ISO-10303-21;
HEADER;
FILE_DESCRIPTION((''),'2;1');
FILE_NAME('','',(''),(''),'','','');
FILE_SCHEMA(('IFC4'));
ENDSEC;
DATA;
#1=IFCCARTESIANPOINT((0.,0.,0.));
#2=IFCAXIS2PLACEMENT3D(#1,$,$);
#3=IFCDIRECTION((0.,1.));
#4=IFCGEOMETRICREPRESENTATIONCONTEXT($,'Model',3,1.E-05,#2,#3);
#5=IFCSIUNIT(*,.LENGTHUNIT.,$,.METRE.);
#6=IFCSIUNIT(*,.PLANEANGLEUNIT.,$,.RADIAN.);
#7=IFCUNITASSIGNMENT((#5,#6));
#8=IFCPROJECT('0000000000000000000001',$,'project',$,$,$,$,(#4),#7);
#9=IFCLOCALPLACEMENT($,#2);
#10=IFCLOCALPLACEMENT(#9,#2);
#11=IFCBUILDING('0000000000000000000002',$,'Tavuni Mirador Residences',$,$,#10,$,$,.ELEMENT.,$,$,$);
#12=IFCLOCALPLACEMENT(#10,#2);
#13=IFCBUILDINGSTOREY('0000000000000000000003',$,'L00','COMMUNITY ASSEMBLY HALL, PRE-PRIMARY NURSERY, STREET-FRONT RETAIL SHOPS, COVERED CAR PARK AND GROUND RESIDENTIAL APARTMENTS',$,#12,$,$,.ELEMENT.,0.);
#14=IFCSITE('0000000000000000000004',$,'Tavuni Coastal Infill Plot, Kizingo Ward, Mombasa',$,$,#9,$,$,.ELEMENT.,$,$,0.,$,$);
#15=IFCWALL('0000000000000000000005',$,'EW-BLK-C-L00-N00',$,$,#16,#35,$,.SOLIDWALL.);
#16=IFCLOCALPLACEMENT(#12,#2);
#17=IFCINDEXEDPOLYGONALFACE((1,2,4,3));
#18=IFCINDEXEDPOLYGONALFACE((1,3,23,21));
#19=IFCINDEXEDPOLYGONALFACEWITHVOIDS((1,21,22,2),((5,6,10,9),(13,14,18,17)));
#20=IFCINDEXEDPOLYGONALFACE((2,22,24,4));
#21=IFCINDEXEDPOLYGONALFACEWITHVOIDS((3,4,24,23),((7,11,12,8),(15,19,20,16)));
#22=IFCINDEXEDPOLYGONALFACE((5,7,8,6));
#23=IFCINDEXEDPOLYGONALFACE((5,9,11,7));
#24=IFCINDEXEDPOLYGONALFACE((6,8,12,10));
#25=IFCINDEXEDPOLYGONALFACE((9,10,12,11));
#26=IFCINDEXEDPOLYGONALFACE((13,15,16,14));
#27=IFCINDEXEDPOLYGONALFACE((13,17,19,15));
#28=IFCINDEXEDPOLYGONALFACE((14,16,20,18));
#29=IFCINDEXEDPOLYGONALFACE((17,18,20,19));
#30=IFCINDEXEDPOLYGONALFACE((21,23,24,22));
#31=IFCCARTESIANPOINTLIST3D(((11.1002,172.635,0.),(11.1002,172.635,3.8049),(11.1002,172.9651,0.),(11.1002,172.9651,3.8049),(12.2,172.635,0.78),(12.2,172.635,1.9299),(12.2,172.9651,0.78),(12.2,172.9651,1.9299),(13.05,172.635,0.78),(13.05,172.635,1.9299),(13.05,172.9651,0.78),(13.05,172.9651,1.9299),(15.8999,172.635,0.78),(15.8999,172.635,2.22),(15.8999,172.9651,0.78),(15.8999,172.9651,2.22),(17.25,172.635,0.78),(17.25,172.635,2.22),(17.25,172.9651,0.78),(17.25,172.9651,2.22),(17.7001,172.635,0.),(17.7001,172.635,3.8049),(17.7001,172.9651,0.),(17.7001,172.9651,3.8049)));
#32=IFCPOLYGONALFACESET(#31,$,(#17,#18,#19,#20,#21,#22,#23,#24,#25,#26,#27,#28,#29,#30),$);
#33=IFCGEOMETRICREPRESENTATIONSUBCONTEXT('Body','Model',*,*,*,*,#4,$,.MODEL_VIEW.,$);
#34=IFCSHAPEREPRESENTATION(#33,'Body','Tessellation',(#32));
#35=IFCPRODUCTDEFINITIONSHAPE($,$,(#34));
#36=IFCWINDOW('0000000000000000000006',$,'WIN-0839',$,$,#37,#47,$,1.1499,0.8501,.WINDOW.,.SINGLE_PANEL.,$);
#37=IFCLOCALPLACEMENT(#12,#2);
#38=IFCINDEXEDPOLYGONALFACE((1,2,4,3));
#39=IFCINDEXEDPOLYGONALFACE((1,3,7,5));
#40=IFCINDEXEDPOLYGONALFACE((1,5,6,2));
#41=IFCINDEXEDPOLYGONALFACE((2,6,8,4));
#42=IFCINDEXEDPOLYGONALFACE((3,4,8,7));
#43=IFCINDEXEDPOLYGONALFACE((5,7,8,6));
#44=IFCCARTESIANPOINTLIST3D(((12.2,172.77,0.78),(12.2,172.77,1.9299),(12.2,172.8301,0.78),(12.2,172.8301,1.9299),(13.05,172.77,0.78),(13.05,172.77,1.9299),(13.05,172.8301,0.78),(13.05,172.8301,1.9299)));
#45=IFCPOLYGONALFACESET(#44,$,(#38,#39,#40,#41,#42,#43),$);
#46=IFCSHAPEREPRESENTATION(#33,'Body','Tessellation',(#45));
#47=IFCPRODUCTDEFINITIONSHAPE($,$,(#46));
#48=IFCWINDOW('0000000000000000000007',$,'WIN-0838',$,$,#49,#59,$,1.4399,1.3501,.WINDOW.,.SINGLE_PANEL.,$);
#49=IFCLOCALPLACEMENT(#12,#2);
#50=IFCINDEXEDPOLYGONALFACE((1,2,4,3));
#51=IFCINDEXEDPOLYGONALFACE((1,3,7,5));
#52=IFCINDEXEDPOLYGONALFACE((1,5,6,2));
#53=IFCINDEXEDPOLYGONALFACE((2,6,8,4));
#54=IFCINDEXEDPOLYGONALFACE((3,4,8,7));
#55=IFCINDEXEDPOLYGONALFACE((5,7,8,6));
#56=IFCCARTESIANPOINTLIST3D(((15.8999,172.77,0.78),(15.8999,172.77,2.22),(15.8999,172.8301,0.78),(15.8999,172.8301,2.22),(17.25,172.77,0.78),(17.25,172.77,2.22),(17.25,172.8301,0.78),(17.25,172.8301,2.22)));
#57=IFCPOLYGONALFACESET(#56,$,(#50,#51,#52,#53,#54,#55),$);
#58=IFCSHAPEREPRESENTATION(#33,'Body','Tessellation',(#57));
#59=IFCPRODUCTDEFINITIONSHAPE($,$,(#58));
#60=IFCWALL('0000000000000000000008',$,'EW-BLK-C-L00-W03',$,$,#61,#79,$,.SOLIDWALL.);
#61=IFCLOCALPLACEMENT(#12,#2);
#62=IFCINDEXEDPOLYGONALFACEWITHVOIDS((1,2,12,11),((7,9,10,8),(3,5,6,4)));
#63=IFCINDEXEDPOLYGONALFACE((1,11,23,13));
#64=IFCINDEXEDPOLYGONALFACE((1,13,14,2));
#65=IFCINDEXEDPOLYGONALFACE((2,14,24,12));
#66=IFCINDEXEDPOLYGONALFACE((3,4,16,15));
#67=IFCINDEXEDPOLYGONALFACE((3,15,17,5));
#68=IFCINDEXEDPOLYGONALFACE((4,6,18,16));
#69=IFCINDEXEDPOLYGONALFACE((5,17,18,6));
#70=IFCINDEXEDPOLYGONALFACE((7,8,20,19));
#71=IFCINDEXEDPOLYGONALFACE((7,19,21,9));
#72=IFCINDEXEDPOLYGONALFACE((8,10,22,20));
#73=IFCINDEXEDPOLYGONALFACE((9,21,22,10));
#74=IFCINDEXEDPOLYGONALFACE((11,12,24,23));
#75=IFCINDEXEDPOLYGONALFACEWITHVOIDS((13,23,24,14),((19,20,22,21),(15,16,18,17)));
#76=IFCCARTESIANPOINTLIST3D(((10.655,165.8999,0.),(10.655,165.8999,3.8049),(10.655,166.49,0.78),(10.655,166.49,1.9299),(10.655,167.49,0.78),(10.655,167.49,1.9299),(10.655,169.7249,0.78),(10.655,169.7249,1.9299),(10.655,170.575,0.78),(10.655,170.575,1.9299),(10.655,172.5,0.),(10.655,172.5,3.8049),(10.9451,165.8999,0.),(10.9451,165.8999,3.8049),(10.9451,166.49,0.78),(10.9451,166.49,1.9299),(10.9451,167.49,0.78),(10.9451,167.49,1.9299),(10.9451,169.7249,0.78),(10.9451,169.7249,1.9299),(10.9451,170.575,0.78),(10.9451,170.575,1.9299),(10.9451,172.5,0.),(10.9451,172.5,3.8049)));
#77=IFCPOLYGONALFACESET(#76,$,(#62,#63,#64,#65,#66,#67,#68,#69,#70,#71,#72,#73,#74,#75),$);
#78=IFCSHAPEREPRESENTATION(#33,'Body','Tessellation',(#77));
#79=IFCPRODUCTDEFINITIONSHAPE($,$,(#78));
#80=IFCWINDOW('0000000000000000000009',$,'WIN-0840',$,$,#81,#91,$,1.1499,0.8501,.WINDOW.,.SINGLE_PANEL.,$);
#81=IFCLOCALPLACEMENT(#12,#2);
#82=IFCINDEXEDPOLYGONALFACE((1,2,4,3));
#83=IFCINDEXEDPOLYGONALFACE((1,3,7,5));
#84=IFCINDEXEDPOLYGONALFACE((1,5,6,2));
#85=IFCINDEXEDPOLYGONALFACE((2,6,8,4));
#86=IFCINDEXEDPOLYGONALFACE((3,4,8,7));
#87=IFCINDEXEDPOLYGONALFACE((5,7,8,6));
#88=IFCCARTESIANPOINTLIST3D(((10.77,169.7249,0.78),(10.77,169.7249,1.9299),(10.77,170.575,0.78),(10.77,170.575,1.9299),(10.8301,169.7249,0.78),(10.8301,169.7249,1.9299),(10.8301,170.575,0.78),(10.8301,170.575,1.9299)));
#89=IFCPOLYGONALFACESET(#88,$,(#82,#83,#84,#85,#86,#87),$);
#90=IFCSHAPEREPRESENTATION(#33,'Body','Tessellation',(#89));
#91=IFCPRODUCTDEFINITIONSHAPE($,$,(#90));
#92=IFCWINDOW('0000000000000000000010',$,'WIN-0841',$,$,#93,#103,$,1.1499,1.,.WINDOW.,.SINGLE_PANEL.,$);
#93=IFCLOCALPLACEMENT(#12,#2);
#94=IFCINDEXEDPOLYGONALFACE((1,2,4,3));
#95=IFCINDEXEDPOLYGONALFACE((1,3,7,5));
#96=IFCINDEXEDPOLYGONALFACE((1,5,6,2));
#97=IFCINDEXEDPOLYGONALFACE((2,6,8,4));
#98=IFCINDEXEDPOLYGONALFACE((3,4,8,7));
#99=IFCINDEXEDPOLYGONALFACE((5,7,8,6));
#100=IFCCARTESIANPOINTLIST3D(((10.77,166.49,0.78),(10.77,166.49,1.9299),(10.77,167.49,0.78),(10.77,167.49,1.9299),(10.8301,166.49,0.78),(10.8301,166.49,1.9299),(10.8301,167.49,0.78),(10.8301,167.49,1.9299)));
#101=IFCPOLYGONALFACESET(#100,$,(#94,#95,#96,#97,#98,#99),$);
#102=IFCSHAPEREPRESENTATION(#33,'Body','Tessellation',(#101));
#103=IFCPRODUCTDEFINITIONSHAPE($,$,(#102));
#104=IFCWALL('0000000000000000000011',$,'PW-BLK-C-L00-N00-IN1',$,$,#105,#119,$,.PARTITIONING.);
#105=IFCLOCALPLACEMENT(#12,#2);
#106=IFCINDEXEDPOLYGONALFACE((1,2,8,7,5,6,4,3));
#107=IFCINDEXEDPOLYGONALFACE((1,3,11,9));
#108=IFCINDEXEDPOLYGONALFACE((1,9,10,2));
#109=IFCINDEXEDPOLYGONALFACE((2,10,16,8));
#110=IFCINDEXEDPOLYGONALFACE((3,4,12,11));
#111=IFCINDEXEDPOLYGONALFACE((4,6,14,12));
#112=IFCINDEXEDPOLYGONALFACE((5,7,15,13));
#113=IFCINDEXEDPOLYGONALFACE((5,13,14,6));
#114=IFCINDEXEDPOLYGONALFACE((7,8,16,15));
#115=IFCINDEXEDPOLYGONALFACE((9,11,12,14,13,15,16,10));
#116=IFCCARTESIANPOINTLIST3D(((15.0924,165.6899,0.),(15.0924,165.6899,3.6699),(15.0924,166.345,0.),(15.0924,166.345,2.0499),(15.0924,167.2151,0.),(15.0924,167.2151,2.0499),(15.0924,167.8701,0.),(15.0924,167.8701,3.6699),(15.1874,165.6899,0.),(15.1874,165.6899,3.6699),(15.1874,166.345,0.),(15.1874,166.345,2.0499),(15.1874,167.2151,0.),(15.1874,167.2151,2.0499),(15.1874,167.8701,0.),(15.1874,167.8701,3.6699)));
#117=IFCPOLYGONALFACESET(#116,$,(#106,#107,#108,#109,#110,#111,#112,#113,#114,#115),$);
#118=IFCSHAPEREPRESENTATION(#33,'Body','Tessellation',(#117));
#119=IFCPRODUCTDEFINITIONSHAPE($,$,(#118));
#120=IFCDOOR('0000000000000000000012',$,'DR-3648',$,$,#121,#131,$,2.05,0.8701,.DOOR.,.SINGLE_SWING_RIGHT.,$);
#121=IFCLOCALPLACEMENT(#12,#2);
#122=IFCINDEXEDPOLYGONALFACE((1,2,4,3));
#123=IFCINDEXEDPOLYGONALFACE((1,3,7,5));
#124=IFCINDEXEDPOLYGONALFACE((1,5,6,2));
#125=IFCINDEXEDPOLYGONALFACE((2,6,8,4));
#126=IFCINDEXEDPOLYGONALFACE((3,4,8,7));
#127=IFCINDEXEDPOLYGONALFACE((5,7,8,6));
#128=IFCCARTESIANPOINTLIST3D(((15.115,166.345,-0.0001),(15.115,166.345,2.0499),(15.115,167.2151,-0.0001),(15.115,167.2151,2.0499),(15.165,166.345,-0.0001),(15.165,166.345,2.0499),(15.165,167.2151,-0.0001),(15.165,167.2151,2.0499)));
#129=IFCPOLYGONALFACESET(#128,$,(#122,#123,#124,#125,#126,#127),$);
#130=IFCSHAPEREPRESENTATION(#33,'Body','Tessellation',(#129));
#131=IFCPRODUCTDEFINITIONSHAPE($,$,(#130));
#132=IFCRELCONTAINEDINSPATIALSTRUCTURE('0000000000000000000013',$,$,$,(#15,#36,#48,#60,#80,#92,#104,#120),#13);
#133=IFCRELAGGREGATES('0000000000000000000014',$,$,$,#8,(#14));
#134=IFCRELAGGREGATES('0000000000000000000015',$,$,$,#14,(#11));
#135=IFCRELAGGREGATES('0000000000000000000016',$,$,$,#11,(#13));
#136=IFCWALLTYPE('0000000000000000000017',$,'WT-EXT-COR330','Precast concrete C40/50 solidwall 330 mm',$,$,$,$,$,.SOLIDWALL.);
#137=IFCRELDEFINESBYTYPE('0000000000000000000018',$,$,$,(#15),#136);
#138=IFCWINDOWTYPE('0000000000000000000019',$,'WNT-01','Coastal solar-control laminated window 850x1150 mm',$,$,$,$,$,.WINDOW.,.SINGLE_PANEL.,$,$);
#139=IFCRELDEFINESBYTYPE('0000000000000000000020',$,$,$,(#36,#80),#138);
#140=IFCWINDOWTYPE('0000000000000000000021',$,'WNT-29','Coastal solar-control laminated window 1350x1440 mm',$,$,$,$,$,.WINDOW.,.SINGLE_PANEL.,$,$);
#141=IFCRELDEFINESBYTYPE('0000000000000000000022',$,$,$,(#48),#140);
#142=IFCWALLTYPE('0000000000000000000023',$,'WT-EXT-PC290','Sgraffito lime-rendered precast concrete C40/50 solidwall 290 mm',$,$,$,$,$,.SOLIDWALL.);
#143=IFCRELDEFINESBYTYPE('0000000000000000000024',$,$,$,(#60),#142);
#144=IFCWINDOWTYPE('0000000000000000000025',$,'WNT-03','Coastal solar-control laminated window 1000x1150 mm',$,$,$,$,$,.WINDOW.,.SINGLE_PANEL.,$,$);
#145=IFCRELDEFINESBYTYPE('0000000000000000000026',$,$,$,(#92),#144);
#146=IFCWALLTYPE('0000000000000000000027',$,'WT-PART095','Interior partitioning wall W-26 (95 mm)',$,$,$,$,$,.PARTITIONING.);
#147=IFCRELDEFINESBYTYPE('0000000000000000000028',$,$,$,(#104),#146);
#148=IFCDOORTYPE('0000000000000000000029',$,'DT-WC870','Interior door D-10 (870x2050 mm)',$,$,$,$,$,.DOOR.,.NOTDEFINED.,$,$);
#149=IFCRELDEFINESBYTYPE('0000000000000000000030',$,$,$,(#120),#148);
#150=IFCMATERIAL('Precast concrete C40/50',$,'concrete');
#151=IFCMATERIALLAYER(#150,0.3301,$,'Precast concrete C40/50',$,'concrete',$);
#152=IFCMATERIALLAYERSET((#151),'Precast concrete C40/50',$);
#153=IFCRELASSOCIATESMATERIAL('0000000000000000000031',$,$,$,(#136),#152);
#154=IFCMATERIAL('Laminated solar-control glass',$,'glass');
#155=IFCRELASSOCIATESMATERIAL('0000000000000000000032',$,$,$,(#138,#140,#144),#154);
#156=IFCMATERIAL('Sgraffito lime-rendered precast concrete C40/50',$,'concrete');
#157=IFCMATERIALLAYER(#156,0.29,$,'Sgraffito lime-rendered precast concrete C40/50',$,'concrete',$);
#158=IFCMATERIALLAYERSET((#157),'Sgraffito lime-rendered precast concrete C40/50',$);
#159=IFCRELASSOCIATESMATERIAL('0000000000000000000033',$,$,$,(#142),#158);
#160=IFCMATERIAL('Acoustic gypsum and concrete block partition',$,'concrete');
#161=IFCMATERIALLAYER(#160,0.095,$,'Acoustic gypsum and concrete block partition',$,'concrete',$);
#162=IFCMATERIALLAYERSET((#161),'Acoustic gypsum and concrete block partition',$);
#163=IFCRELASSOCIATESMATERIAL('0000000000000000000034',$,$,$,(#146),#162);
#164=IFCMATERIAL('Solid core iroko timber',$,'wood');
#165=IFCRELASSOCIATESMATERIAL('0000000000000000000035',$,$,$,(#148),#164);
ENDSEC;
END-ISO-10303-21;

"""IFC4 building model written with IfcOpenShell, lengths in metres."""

from ifc_helpers import new_model, si_unit, direction, frame, frame_2d, origin, place, context, subcontext, project, spatial, rectangle, extrude, material, layer, layer_set, type_object, element, fill, save


model = new_model("IFC4")

# Units and contexts
model_context = context("Model", 3, precision=1e-05, world=origin(), true_north=direction((0.0, 1.0)))
body_context = subcontext(model_context, "Body", "Model", "MODEL_VIEW")
ifc_project = project(units=[si_unit("LENGTHUNIT", "METRE"), si_unit("PLANEANGLEUNIT", "RADIAN")], contexts=[model_context])

# Site, building, storey
site_placement = place(None, origin())
site = spatial("IfcSite", under=ifc_project, at=site_placement, Name="Tavuni Coastal Infill Plot, Kizingo Ward, Mombasa", CompositionType="ELEMENT", RefElevation=0.0)
building_placement = place(site_placement, origin())
building = spatial("IfcBuilding", under=site, at=building_placement, Name="Tavuni Mirador Residences", CompositionType="ELEMENT")
storey_placement = place(building_placement, origin())
storey = spatial("IfcBuildingStorey", under=building, at=storey_placement, Name="L00", Description="COMMUNITY ASSEMBLY HALL, PRE-PRIMARY NURSERY, STREET-FRONT RETAIL SHOPS, COVERED CAR PARK AND GROUND RESIDENTIAL APARTMENTS", CompositionType="ELEMENT", Elevation=0.0)

# Shared definitions
ifc_material_1 = material(Name="Precast concrete C40/50", Category="concrete")

# Shared definitions
ifc_material_2 = material(Name="Solid core iroko timber", Category="wood")

# Walls, openings, windows
ifc_layer_1 = layer(ifc_material_1, 0.3301, Name="Precast concrete C40/50", Category="concrete")
ifc_layer_set_1 = layer_set([ifc_layer_1], Name="Precast concrete C40/50")
wall_type_1 = type_object("IfcWallType", Name="WT-EXT-COR330", Description="Precast concrete C40/50 solidwall 330 mm", PredefinedType="SOLIDWALL", material=ifc_layer_set_1)
wall_1_placement = place(storey_placement, frame((17.7, 172.8, 0.0), z_axis=(0.0, 0.0, 1.0), x_axis=(-1.0, 0.0, 0.0)))
wall_1 = element("IfcWall", 1, at=wall_1_placement, inside=storey, type_object=wall_type_1, Name="EW-BLK-C-L00-N00", PredefinedType="SOLIDWALL", context=body_context, shape_type="SweptSolid", body=[
    extrude(rectangle(XDim=6.5999, YDim=0.3301, at=frame_2d((3.2998, 0.0))), origin(), (0.0, 0.0, 1.0), 3.8049),
])
opening_1_placement = place(wall_1_placement, frame((0.45, 0.0, 0.78)))
opening_1 = element("IfcOpeningElement", 2, at=opening_1_placement, cuts=wall_1, PredefinedType="OPENING", context=body_context, shape_type="SweptSolid", body=[
    extrude(rectangle(XDim=1.3501, YDim=1.4399, at=frame_2d((0.675, 0.72))), frame((0.0, 0.175, 0.0), z_axis=(0.0, -1.0, 0.0), x_axis=(1.0, 0.0, 0.0)), (0.0, 0.0, 1.0), 0.3501),
])
opening_2_placement = place(wall_1_placement, frame((4.6499, 0.0, 0.78)))
opening_2 = element("IfcOpeningElement", 3, at=opening_2_placement, cuts=wall_1, PredefinedType="OPENING", context=body_context, shape_type="SweptSolid", body=[
    extrude(rectangle(XDim=0.8501, YDim=1.1499, at=frame_2d((0.425, 0.575))), frame((0.0, 0.175, 0.0), z_axis=(0.0, -1.0, 0.0), x_axis=(1.0, 0.0, 0.0)), (0.0, 0.0, 1.0), 0.3501),
])
ifc_material_3 = material(Name="Laminated solar-control glass", Category="glass")
window_type_1 = type_object("IfcWindowType", Name="WNT-01", Description="Coastal solar-control laminated window 850x1150 mm", PartitioningType="SINGLE_PANEL", PredefinedType="WINDOW", material=ifc_material_3)
window_1_placement = place(opening_2_placement, origin())
window_1 = element("IfcWindow", 4, at=window_1_placement, inside=storey, type_object=window_type_1, Name="WIN-0839", OverallHeight=1.1499, OverallWidth=0.8501, PartitioningType="SINGLE_PANEL", PredefinedType="WINDOW", context=body_context, shape_type="SweptSolid", body=[
    extrude(rectangle(XDim=0.8501, YDim=1.1499, at=frame_2d((0.425, 0.575))), frame((0.0, 0.03, 0.0), z_axis=(0.0, -1.0, 0.0), x_axis=(1.0, 0.0, 0.0)), (0.0, 0.0, 1.0), 0.0601),
])
fill(opening_2, window_1)
window_type_2 = type_object("IfcWindowType", Name="WNT-29", Description="Coastal solar-control laminated window 1350x1440 mm", PartitioningType="SINGLE_PANEL", PredefinedType="WINDOW", material=ifc_material_3)
window_2_placement = place(opening_1_placement, origin())
window_2 = element("IfcWindow", 5, at=window_2_placement, inside=storey, type_object=window_type_2, Name="WIN-0838", OverallHeight=1.4399, OverallWidth=1.3501, PartitioningType="SINGLE_PANEL", PredefinedType="WINDOW", context=body_context, shape_type="SweptSolid", body=[
    extrude(rectangle(XDim=1.3501, YDim=1.4399, at=frame_2d((0.675, 0.72))), frame((0.0, 0.03, 0.0), z_axis=(0.0, -1.0, 0.0), x_axis=(1.0, 0.0, 0.0)), (0.0, 0.0, 1.0), 0.0601),
])
fill(opening_1, window_2)
ifc_material_4 = material(Name="Sgraffito lime-rendered precast concrete C40/50", Category="concrete")
ifc_layer_2 = layer(ifc_material_4, 0.29, Name="Sgraffito lime-rendered precast concrete C40/50", Category="concrete")
ifc_layer_set_2 = layer_set([ifc_layer_2], Name="Sgraffito lime-rendered precast concrete C40/50")
wall_type_2 = type_object("IfcWallType", Name="WT-EXT-PC290", Description="Sgraffito lime-rendered precast concrete C40/50 solidwall 290 mm", PredefinedType="SOLIDWALL", material=ifc_layer_set_2)
wall_2_placement = place(storey_placement, frame((10.8, 172.5, 0.0), z_axis=(0.0, 0.0, 1.0), x_axis=(0.0, -1.0, 0.0)))
wall_2 = element("IfcWall", 6, at=wall_2_placement, inside=storey, type_object=wall_type_2, Name="EW-BLK-C-L00-W03", PredefinedType="SOLIDWALL", context=body_context, shape_type="SweptSolid", body=[
    extrude(rectangle(XDim=6.6001, YDim=0.29, at=frame_2d((3.3, 0.0))), origin(), (0.0, 0.0, 1.0), 3.8049),
])
opening_3_placement = place(wall_2_placement, frame((1.925, 0.0, 0.78)))
opening_3 = element("IfcOpeningElement", 7, at=opening_3_placement, cuts=wall_2, PredefinedType="OPENING", context=body_context, shape_type="SweptSolid", body=[
    extrude(rectangle(XDim=0.8501, YDim=1.1499, at=frame_2d((0.425, 0.575))), frame((0.0, 0.155, 0.0), z_axis=(0.0, -1.0, 0.0), x_axis=(1.0, 0.0, 0.0)), (0.0, 0.0, 1.0), 0.3101),
])
opening_4_placement = place(wall_2_placement, frame((5.01, 0.0, 0.78)))
opening_4 = element("IfcOpeningElement", 8, at=opening_4_placement, cuts=wall_2, PredefinedType="OPENING", context=body_context, shape_type="SweptSolid", body=[
    extrude(rectangle(XDim=1.0, YDim=1.1499, at=frame_2d((0.5, 0.575))), frame((0.0, 0.155, 0.0), z_axis=(0.0, -1.0, 0.0), x_axis=(1.0, 0.0, 0.0)), (0.0, 0.0, 1.0), 0.3101),
])
window_3_placement = place(opening_3_placement, origin())
window_3 = element("IfcWindow", 9, at=window_3_placement, inside=storey, type_object=window_type_1, Name="WIN-0840", OverallHeight=1.1499, OverallWidth=0.8501, PartitioningType="SINGLE_PANEL", PredefinedType="WINDOW", context=body_context, shape_type="SweptSolid", body=[
    extrude(rectangle(XDim=0.8501, YDim=1.1499, at=frame_2d((0.425, 0.575))), frame((0.0, 0.03, 0.0), z_axis=(0.0, -1.0, 0.0), x_axis=(1.0, 0.0, 0.0)), (0.0, 0.0, 1.0), 0.0601),
])
fill(opening_3, window_3)
window_type_3 = type_object("IfcWindowType", Name="WNT-03", Description="Coastal solar-control laminated window 1000x1150 mm", PartitioningType="SINGLE_PANEL", PredefinedType="WINDOW", material=ifc_material_3)
window_4_placement = place(opening_4_placement, origin())
window_4 = element("IfcWindow", 10, at=window_4_placement, inside=storey, type_object=window_type_3, Name="WIN-0841", OverallHeight=1.1499, OverallWidth=1.0, PartitioningType="SINGLE_PANEL", PredefinedType="WINDOW", context=body_context, shape_type="SweptSolid", body=[
    extrude(rectangle(XDim=1.0, YDim=1.1499, at=frame_2d((0.5, 0.575))), frame((0.0, 0.03, 0.0), z_axis=(0.0, -1.0, 0.0), x_axis=(1.0, 0.0, 0.0)), (0.0, 0.0, 1.0), 0.0601),
])
fill(opening_4, window_4)

# Wall, opening, door
ifc_material_5 = material(Name="Acoustic gypsum and concrete block partition", Category="concrete")
ifc_layer_3 = layer(ifc_material_5, 0.095, Name="Acoustic gypsum and concrete block partition", Category="concrete")
ifc_layer_set_3 = layer_set([ifc_layer_3], Name="Acoustic gypsum and concrete block partition")
wall_type_3 = type_object("IfcWallType", Name="WT-PART095", Description="Interior partitioning wall W-26 (95 mm)", PredefinedType="PARTITIONING", material=ifc_layer_set_3)
wall_3_placement = place(storey_placement, frame((15.1399, 165.6899, 0.0), z_axis=(0.0, 0.0, 1.0), x_axis=(0.0, 1.0, 0.0)))
wall_3 = element("IfcWall", 11, at=wall_3_placement, inside=storey, type_object=wall_type_3, Name="PW-BLK-C-L00-N00-IN1", PredefinedType="PARTITIONING", context=body_context, shape_type="SweptSolid", body=[
    extrude(rectangle(XDim=2.1802, YDim=0.095, at=frame_2d((1.0901, 0.0))), origin(), (0.0, 0.0, 1.0), 3.6699),
])
opening_5_placement = place(wall_3_placement, frame((0.655, 0.0, 0.0)))
opening_5 = element("IfcOpeningElement", 12, at=opening_5_placement, cuts=wall_3, PredefinedType="OPENING", context=body_context, shape_type="SweptSolid", body=[
    extrude(rectangle(XDim=0.8701, YDim=2.05, at=frame_2d((0.4351, 1.0249))), frame((0.0, 0.0576, 0.0), z_axis=(0.0, -1.0, 0.0), x_axis=(1.0, 0.0, 0.0)), (0.0, 0.0, 1.0), 0.115),
])
door_type_1 = type_object("IfcDoorType", Name="DT-WC870", Description="Interior door D-10 (870x2050 mm)", OperationType="NOTDEFINED", PredefinedType="DOOR", material=ifc_material_2)
door_1_placement = place(opening_5_placement, origin())
door_1 = element("IfcDoor", 13, at=door_1_placement, inside=storey, type_object=door_type_1, Name="DR-3648", OperationType="SINGLE_SWING_RIGHT", OverallHeight=2.05, OverallWidth=0.8701, PredefinedType="DOOR", context=body_context, shape_type="SweptSolid", body=[
    extrude(rectangle(XDim=0.8701, YDim=2.05, at=frame_2d((0.4351, 1.0249))), frame((0.0, 0.0249, 0.0), z_axis=(0.0, -1.0, 0.0), x_axis=(1.0, 0.0, 0.0)), (0.0, 0.0, 1.0), 0.05),
])
fill(opening_5, door_1)

save(model, "model.ifc")
